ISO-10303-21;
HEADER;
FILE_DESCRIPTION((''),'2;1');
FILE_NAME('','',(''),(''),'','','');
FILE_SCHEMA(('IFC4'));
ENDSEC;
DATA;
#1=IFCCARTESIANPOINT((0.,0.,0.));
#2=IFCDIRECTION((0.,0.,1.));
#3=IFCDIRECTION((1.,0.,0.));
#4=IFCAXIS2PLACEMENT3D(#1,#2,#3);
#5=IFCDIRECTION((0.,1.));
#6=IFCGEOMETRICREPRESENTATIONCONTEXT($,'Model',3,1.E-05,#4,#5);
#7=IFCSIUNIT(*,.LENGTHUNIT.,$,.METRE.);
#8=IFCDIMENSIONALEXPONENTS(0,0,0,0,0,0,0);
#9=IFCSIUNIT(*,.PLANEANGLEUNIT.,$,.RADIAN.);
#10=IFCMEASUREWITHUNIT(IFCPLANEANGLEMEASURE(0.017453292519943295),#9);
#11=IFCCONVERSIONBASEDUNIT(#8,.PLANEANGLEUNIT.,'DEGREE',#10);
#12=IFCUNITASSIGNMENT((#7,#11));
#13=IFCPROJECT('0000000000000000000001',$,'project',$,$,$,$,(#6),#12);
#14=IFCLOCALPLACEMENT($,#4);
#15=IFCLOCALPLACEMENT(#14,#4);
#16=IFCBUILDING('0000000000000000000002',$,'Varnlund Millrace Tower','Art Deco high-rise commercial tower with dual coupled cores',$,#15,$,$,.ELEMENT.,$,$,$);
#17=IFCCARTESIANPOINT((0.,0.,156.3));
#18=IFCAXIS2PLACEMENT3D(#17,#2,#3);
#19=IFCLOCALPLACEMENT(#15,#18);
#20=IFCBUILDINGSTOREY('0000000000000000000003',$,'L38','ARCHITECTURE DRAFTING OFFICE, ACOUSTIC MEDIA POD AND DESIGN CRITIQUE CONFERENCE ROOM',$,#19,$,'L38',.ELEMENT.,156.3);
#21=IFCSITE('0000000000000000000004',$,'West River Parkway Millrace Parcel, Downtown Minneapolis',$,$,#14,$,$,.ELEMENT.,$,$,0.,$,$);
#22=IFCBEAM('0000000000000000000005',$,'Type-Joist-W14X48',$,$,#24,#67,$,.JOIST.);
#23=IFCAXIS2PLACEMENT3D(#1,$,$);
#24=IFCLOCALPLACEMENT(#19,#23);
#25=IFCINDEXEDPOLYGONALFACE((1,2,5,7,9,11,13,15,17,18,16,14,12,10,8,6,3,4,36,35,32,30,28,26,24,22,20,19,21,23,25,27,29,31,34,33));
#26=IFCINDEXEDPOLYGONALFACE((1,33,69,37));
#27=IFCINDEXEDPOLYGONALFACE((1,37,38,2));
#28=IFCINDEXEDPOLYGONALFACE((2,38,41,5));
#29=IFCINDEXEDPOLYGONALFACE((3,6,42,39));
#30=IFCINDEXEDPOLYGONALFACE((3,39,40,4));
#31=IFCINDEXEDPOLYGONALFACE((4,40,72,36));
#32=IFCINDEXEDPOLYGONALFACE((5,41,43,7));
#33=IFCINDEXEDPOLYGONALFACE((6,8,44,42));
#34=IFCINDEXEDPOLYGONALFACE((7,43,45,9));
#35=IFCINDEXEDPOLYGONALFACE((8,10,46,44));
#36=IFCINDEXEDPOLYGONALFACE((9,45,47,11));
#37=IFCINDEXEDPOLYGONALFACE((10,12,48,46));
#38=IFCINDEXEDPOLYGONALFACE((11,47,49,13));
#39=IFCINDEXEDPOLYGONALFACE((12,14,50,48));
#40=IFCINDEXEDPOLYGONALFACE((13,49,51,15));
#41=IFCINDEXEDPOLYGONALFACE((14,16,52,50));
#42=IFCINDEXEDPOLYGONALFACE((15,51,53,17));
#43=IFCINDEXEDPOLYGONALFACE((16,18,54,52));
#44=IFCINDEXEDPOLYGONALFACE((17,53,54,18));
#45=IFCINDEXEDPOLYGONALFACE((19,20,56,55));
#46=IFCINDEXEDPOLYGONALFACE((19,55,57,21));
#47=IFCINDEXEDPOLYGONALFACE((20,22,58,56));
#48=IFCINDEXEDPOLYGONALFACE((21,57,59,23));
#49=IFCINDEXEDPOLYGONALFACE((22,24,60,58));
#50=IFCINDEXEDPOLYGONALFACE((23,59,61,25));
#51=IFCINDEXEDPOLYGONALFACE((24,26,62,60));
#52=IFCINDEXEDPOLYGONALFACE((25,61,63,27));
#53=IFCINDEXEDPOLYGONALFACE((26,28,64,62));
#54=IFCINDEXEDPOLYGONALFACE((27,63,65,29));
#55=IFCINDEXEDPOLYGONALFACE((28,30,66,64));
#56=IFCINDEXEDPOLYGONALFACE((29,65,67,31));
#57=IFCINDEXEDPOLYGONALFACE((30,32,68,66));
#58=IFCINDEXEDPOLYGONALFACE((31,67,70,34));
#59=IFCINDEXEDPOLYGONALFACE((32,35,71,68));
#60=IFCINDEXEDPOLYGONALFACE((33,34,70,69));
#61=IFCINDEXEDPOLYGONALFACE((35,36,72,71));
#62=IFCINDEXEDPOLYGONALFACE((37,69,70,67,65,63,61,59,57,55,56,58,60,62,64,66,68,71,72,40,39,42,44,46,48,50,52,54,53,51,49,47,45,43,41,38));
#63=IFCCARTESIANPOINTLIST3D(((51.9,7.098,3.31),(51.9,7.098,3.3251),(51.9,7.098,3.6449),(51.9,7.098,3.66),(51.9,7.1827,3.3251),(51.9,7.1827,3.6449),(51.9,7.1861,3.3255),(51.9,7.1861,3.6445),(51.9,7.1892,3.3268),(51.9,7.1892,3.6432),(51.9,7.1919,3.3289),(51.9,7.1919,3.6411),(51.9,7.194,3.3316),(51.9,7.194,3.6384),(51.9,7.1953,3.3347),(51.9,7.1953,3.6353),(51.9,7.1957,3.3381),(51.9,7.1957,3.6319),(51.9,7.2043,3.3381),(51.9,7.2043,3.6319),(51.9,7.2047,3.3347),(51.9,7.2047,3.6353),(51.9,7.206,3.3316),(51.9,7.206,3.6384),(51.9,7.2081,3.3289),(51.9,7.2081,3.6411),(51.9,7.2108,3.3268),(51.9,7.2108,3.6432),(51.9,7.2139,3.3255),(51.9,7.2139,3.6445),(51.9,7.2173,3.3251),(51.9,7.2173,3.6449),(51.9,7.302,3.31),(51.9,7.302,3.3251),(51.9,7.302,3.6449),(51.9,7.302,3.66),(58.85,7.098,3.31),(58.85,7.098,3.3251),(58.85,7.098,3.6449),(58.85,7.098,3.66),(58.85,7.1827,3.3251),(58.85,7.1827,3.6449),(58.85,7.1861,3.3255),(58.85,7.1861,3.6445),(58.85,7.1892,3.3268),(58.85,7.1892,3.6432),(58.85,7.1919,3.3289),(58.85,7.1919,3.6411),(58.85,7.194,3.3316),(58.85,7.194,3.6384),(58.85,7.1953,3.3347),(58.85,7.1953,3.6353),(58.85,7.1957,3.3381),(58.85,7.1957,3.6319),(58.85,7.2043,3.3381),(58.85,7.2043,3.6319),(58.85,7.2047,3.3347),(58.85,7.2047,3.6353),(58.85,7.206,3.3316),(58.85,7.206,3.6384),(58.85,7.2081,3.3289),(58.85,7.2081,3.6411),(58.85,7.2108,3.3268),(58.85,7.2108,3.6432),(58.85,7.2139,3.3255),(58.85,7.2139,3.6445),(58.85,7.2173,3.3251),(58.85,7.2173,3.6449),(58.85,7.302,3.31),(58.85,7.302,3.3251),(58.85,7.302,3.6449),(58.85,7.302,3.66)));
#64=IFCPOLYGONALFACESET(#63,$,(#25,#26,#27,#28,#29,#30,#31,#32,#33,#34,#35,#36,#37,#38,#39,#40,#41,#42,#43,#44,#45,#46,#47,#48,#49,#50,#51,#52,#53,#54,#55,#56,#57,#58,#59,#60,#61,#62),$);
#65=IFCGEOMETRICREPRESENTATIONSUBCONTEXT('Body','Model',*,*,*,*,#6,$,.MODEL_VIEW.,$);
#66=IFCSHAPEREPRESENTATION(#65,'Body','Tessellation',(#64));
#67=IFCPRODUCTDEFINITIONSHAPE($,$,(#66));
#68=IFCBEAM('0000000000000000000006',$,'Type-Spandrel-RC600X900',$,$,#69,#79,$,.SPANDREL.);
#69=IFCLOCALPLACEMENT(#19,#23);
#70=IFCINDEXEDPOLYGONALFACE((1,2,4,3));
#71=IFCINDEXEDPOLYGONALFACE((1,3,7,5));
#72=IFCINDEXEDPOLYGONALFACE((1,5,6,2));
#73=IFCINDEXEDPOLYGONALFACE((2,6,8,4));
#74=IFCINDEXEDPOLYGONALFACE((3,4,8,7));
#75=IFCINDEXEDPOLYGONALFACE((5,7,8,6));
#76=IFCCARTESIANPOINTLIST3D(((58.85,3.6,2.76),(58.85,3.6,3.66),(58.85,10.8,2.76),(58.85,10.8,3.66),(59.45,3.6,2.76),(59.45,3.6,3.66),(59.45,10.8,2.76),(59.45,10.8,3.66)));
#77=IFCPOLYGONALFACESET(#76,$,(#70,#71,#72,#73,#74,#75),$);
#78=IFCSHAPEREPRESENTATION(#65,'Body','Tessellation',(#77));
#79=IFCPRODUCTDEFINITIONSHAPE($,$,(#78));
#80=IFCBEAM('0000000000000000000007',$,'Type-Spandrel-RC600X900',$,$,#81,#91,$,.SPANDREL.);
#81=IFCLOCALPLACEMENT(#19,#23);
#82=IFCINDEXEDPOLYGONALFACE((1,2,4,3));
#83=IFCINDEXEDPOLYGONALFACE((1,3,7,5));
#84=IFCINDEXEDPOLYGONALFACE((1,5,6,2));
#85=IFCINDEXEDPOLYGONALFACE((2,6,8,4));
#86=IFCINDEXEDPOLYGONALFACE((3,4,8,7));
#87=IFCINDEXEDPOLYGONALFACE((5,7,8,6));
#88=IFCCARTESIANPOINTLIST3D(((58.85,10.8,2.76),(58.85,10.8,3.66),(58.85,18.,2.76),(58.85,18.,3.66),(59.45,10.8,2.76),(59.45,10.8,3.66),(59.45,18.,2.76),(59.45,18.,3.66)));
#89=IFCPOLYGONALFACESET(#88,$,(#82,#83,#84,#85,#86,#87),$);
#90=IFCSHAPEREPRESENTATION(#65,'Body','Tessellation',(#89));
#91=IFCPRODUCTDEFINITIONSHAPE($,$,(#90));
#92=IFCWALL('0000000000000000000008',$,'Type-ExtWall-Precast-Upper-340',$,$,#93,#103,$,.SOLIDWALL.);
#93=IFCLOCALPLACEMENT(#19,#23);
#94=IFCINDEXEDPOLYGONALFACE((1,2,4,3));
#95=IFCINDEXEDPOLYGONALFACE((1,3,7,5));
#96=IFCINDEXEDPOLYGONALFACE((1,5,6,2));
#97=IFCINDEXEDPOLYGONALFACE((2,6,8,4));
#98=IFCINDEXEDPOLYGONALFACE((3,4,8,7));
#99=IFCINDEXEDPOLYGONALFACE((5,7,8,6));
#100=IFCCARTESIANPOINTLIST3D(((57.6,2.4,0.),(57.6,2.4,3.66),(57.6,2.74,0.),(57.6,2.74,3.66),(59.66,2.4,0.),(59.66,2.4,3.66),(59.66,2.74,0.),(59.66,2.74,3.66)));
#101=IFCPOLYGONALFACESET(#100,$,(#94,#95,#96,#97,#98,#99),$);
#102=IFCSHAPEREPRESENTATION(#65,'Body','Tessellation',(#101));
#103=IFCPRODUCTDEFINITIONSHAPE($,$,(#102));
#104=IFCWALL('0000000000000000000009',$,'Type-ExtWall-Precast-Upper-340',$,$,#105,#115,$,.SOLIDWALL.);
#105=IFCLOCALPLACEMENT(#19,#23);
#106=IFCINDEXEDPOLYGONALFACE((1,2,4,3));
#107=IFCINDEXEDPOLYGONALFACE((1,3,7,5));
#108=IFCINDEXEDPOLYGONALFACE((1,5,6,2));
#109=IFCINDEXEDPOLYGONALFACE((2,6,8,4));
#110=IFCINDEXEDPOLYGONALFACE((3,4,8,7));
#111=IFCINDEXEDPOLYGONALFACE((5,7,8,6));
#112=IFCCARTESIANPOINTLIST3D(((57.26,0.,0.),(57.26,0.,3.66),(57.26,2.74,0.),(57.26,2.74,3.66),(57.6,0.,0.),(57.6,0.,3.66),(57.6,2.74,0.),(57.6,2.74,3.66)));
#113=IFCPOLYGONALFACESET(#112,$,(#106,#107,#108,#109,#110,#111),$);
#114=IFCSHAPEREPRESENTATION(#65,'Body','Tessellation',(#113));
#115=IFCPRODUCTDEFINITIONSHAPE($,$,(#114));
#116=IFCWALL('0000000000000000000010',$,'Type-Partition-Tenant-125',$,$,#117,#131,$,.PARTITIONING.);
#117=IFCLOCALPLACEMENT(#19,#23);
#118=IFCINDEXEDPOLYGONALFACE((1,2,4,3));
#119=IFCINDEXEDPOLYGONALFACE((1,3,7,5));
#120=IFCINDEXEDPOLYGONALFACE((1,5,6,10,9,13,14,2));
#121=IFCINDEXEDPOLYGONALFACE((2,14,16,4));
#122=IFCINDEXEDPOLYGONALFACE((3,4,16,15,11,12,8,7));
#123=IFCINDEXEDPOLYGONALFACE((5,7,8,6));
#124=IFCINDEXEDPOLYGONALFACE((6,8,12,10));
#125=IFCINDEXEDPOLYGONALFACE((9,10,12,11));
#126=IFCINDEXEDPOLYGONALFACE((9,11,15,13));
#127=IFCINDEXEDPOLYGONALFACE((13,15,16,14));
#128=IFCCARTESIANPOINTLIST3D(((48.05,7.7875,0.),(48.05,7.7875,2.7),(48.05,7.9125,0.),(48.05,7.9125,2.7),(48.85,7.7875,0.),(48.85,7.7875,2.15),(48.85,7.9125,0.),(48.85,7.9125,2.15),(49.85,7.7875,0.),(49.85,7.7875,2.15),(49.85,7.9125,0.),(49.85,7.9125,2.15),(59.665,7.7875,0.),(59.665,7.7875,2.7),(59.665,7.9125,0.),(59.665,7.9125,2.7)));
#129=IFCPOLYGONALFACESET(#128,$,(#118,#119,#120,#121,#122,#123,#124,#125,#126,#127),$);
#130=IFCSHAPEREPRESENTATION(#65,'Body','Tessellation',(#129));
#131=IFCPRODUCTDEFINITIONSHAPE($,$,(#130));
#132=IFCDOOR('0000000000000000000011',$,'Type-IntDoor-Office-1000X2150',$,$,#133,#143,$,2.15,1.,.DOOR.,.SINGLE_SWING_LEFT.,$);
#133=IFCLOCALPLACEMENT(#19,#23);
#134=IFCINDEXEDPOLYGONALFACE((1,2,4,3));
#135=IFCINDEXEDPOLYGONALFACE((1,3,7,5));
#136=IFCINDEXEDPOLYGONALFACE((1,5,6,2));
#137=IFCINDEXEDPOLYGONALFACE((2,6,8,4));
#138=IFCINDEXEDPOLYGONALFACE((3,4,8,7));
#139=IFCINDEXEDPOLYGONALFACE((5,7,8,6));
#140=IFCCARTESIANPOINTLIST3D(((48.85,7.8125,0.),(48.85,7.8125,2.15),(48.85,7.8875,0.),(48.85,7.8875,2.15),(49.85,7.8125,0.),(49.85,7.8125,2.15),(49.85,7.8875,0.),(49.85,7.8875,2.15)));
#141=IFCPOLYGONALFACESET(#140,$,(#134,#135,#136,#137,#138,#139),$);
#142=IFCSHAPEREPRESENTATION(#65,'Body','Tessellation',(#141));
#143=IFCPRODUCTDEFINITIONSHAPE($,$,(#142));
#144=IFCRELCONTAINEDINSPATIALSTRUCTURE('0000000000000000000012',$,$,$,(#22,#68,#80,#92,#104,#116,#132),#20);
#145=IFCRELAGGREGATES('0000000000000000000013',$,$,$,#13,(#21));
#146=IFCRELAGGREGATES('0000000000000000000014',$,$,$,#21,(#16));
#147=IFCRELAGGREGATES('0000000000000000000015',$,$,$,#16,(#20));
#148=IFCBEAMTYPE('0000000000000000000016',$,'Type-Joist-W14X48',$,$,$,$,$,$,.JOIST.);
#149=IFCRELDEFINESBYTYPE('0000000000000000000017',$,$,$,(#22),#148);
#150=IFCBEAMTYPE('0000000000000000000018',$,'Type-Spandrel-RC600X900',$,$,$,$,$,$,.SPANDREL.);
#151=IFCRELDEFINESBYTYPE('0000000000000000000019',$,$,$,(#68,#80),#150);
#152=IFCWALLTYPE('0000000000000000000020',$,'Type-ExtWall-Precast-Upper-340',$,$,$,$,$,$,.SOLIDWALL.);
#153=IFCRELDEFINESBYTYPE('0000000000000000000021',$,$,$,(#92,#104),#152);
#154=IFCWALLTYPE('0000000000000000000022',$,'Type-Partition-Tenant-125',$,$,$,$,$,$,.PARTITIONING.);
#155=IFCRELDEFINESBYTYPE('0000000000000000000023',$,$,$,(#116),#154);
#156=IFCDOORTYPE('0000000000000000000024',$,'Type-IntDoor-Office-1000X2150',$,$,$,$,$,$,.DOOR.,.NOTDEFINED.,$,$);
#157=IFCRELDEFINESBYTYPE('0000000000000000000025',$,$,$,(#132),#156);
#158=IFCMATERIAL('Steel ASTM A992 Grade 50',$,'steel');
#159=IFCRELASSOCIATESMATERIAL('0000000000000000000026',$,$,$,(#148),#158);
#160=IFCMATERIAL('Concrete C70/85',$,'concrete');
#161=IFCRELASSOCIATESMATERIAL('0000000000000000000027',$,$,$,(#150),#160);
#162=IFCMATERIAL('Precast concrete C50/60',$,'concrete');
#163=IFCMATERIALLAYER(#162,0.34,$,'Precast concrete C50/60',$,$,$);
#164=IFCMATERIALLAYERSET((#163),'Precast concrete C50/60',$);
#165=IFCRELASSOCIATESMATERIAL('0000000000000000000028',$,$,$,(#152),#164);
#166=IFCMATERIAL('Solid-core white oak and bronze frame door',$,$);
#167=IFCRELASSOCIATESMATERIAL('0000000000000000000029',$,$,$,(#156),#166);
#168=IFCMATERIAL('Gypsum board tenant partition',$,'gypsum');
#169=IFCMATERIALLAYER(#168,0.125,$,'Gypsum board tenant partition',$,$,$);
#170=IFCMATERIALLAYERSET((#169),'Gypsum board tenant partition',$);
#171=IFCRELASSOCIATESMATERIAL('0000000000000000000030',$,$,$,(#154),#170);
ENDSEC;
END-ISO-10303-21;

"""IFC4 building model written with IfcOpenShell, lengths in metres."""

from ifc_helpers import new_model, entity, si_unit, converted_unit, direction, frame, origin_with_axes, origin_2d_with_axis, place, context, subcontext, project, spatial, polyline, rectangle, i_section, outline, extrude, material, layer, layer_set, material_profile, profile_set, type_object, element, fill, save


model = new_model("IFC4")

# Units and contexts
model_context = context("Model", 3, precision=1e-05, world=origin_with_axes(), true_north=direction((0.0, 1.0)))
body_context = subcontext(model_context, "Body", "Model", "MODEL_VIEW")
ifc_project = project(units=[si_unit("LENGTHUNIT", "METRE"), converted_unit("PLANEANGLEUNIT", "DEGREE", entity("IfcPlaneAngleMeasure", 0.017453292519943295), si_unit("PLANEANGLEUNIT", "RADIAN"), dimensions=[0, 0, 0, 0, 0, 0, 0])], contexts=[model_context])

# Site, building, storey
site_placement = place(None, origin_with_axes())
site = spatial("IfcSite", under=ifc_project, at=site_placement, Name="West River Parkway Millrace Parcel, Downtown Minneapolis", CompositionType="ELEMENT", RefElevation=0.0)
building_placement = place(site_placement, origin_with_axes())
building = spatial("IfcBuilding", under=site, at=building_placement, Name="Varnlund Millrace Tower", Description="Art Deco high-rise commercial tower with dual coupled cores", CompositionType="ELEMENT")
storey_placement = place(building_placement, frame((0.0, 0.0, 156.3), z_axis=(0.0, 0.0, 1.0), x_axis=(1.0, 0.0, 0.0)))
storey = spatial("IfcBuildingStorey", under=building, at=storey_placement, Name="L38", Description="ARCHITECTURE DRAFTING OFFICE, ACOUSTIC MEDIA POD AND DESIGN CRITIQUE CONFERENCE ROOM", LongName="L38", CompositionType="ELEMENT", Elevation=156.3)

# Beams
ifc_material_1 = material(Name="Steel ASTM A992 Grade 50", Category="steel")
ifc_material_profile_1 = material_profile(ifc_material_1, i_section(OverallWidth=0.204, OverallDepth=0.35, WebThickness=0.0086, FlangeThickness=0.0151, FilletRadius=0.013, at=origin_2d_with_axis()), Name="Steel ASTM A992 Grade 50")
ifc_profile_set_1 = profile_set([ifc_material_profile_1], Name="Steel ASTM A992 Grade 50")
beam_type_1 = type_object("IfcBeamType", Name="Type-Joist-W14X48", PredefinedType="JOIST", material=ifc_profile_set_1)
beam_placement = place(storey_placement, frame((51.9, 7.2, 3.485), z_axis=(1.0, 0.0, 0.0), x_axis=(0.0, 1.0, 0.0)))
element("IfcBeam", 1, at=beam_placement, inside=storey, type_object=beam_type_1, Name="Type-Joist-W14X48", PredefinedType="JOIST", context=body_context, shape_type="SweptSolid", body=[
    extrude(i_section(OverallWidth=0.204, OverallDepth=0.35, WebThickness=0.0086, FlangeThickness=0.0151, FilletRadius=0.013, at=origin_2d_with_axis()), origin_with_axes(), (0.0, 0.0, 1.0), 6.95),
])
ifc_material_2 = material(Name="Concrete C70/85", Category="concrete")
ifc_material_profile_2 = material_profile(ifc_material_2, rectangle(XDim=0.6, YDim=0.9, at=origin_2d_with_axis()), Name="Concrete C70/85")
ifc_profile_set_2 = profile_set([ifc_material_profile_2], Name="Concrete C70/85")
beam_type_2 = type_object("IfcBeamType", Name="Type-Spandrel-RC600X900", PredefinedType="SPANDREL", material=ifc_profile_set_2)
for number, where, z_axis, x_axis, name in (
    (2, (59.15, 3.6, 3.21), (0.0, 1.0, 0.0), (-1.0, 0.0, 0.0), "Type-Spandrel-RC600X900"),
    (3, (59.15, 10.8, 3.21), (0.0, 1.0, 0.0), (-1.0, 0.0, 0.0), "Type-Spandrel-RC600X900"),
):
    element("IfcBeam", number, at=place(storey_placement, frame(where, z_axis=z_axis, x_axis=x_axis)), inside=storey, type_object=beam_type_2, Name=name, PredefinedType="SPANDREL", context=body_context, shape_type="SweptSolid", body=[
        extrude(rectangle(XDim=0.6, YDim=0.9, at=origin_2d_with_axis()), origin_with_axes(), (0.0, 0.0, 1.0), 7.2),
    ])

# Walls
ifc_material_3 = material(Name="Precast concrete C50/60", Category="concrete")
ifc_layer_1 = layer(ifc_material_3, 0.34, Name="Precast concrete C50/60")
ifc_layer_set_1 = layer_set([ifc_layer_1], Name="Precast concrete C50/60")
wall_type_1 = type_object("IfcWallType", Name="Type-ExtWall-Precast-Upper-340", PredefinedType="SOLIDWALL", material=ifc_layer_set_1)
wall_1_placement = place(storey_placement, frame((59.66, 2.57, 0.0), z_axis=(0.0, 0.0, 1.0), x_axis=(-1.0, 0.0, 0.0)))
element("IfcWall", 4, at=wall_1_placement, inside=storey, type_object=wall_type_1, Name="Type-ExtWall-Precast-Upper-340", PredefinedType="SOLIDWALL", context=body_context, shape_type="SweptSolid", body=[
    extrude(outline(polyline([(0.0, -0.17), (2.06, -0.17), (2.06, 0.17), (0.0, 0.17), (0.0, -0.17)])), origin_with_axes(), (0.0, 0.0, 1.0), 3.66),
])
wall_2_placement = place(storey_placement, frame((57.43, 2.74, 0.0), z_axis=(0.0, 0.0, 1.0), x_axis=(0.0, -1.0, 0.0)))
element("IfcWall", 5, at=wall_2_placement, inside=storey, type_object=wall_type_1, Name="Type-ExtWall-Precast-Upper-340", PredefinedType="SOLIDWALL", context=body_context, shape_type="SweptSolid", body=[
    extrude(outline(polyline([(0.0, -0.17), (2.74, -0.17), (2.74, 0.17), (0.0, 0.17), (0.0, -0.17)])), origin_with_axes(), (0.0, 0.0, 1.0), 3.66),
])

# Shared definitions
ifc_material_4 = material(Name="Solid-core white oak and bronze frame door")
door_type = type_object("IfcDoorType", Name="Type-IntDoor-Office-1000X2150", OperationType="NOTDEFINED", PredefinedType="DOOR", material=ifc_material_4)

# Wall, opening, door
ifc_material_5 = material(Name="Gypsum board tenant partition", Category="gypsum")
ifc_layer_2 = layer(ifc_material_5, 0.125, Name="Gypsum board tenant partition")
ifc_layer_set_2 = layer_set([ifc_layer_2], Name="Gypsum board tenant partition")
wall_type_2 = type_object("IfcWallType", Name="Type-Partition-Tenant-125", PredefinedType="PARTITIONING", material=ifc_layer_set_2)
wall_3_placement = place(storey_placement, frame((59.665, 7.85, 0.0), z_axis=(0.0, 0.0, 1.0), x_axis=(-1.0, 0.0, 0.0)))
wall_3 = element("IfcWall", 6, at=wall_3_placement, inside=storey, type_object=wall_type_2, Name="Type-Partition-Tenant-125", PredefinedType="PARTITIONING", context=body_context, shape_type="SweptSolid", body=[
    extrude(outline(polyline([(0.0, -0.0625), (11.615, -0.0625), (11.615, 0.0625), (0.0, 0.0625), (0.0, -0.0625)])), origin_with_axes(), (0.0, 0.0, 1.0), 2.7),
])
opening_1_placement = place(wall_3_placement, frame((10.315, 0.0, 0.0), z_axis=(0.0, 0.0, 1.0), x_axis=(1.0, 0.0, 0.0)))
opening_1 = element("IfcOpeningElement", 7, at=opening_1_placement, cuts=wall_3, PredefinedType="OPENING", context=body_context, shape_type="SweptSolid", body=[
    extrude(rectangle(XDim=1.0, YDim=0.145, at=origin_2d_with_axis()), origin_with_axes(), (0.0, 0.0, 1.0), 2.15),
])
door_1_placement = place(wall_3_placement, frame((10.315, 0.0, 0.0), z_axis=(0.0, 0.0, 1.0), x_axis=(1.0, 0.0, 0.0)))
door_1 = element("IfcDoor", 8, at=door_1_placement, inside=storey, type_object=door_type, Name="Type-IntDoor-Office-1000X2150", OperationType="SINGLE_SWING_LEFT", OverallHeight=2.15, OverallWidth=1.0, PredefinedType="DOOR", context=body_context, shape_type="SweptSolid", body=[
    extrude(rectangle(XDim=1.0, YDim=0.075, at=origin_2d_with_axis()), origin_with_axes(), (0.0, 0.0, 1.0), 2.15),
])
fill(opening_1, door_1)

save(model, "model.ifc")
